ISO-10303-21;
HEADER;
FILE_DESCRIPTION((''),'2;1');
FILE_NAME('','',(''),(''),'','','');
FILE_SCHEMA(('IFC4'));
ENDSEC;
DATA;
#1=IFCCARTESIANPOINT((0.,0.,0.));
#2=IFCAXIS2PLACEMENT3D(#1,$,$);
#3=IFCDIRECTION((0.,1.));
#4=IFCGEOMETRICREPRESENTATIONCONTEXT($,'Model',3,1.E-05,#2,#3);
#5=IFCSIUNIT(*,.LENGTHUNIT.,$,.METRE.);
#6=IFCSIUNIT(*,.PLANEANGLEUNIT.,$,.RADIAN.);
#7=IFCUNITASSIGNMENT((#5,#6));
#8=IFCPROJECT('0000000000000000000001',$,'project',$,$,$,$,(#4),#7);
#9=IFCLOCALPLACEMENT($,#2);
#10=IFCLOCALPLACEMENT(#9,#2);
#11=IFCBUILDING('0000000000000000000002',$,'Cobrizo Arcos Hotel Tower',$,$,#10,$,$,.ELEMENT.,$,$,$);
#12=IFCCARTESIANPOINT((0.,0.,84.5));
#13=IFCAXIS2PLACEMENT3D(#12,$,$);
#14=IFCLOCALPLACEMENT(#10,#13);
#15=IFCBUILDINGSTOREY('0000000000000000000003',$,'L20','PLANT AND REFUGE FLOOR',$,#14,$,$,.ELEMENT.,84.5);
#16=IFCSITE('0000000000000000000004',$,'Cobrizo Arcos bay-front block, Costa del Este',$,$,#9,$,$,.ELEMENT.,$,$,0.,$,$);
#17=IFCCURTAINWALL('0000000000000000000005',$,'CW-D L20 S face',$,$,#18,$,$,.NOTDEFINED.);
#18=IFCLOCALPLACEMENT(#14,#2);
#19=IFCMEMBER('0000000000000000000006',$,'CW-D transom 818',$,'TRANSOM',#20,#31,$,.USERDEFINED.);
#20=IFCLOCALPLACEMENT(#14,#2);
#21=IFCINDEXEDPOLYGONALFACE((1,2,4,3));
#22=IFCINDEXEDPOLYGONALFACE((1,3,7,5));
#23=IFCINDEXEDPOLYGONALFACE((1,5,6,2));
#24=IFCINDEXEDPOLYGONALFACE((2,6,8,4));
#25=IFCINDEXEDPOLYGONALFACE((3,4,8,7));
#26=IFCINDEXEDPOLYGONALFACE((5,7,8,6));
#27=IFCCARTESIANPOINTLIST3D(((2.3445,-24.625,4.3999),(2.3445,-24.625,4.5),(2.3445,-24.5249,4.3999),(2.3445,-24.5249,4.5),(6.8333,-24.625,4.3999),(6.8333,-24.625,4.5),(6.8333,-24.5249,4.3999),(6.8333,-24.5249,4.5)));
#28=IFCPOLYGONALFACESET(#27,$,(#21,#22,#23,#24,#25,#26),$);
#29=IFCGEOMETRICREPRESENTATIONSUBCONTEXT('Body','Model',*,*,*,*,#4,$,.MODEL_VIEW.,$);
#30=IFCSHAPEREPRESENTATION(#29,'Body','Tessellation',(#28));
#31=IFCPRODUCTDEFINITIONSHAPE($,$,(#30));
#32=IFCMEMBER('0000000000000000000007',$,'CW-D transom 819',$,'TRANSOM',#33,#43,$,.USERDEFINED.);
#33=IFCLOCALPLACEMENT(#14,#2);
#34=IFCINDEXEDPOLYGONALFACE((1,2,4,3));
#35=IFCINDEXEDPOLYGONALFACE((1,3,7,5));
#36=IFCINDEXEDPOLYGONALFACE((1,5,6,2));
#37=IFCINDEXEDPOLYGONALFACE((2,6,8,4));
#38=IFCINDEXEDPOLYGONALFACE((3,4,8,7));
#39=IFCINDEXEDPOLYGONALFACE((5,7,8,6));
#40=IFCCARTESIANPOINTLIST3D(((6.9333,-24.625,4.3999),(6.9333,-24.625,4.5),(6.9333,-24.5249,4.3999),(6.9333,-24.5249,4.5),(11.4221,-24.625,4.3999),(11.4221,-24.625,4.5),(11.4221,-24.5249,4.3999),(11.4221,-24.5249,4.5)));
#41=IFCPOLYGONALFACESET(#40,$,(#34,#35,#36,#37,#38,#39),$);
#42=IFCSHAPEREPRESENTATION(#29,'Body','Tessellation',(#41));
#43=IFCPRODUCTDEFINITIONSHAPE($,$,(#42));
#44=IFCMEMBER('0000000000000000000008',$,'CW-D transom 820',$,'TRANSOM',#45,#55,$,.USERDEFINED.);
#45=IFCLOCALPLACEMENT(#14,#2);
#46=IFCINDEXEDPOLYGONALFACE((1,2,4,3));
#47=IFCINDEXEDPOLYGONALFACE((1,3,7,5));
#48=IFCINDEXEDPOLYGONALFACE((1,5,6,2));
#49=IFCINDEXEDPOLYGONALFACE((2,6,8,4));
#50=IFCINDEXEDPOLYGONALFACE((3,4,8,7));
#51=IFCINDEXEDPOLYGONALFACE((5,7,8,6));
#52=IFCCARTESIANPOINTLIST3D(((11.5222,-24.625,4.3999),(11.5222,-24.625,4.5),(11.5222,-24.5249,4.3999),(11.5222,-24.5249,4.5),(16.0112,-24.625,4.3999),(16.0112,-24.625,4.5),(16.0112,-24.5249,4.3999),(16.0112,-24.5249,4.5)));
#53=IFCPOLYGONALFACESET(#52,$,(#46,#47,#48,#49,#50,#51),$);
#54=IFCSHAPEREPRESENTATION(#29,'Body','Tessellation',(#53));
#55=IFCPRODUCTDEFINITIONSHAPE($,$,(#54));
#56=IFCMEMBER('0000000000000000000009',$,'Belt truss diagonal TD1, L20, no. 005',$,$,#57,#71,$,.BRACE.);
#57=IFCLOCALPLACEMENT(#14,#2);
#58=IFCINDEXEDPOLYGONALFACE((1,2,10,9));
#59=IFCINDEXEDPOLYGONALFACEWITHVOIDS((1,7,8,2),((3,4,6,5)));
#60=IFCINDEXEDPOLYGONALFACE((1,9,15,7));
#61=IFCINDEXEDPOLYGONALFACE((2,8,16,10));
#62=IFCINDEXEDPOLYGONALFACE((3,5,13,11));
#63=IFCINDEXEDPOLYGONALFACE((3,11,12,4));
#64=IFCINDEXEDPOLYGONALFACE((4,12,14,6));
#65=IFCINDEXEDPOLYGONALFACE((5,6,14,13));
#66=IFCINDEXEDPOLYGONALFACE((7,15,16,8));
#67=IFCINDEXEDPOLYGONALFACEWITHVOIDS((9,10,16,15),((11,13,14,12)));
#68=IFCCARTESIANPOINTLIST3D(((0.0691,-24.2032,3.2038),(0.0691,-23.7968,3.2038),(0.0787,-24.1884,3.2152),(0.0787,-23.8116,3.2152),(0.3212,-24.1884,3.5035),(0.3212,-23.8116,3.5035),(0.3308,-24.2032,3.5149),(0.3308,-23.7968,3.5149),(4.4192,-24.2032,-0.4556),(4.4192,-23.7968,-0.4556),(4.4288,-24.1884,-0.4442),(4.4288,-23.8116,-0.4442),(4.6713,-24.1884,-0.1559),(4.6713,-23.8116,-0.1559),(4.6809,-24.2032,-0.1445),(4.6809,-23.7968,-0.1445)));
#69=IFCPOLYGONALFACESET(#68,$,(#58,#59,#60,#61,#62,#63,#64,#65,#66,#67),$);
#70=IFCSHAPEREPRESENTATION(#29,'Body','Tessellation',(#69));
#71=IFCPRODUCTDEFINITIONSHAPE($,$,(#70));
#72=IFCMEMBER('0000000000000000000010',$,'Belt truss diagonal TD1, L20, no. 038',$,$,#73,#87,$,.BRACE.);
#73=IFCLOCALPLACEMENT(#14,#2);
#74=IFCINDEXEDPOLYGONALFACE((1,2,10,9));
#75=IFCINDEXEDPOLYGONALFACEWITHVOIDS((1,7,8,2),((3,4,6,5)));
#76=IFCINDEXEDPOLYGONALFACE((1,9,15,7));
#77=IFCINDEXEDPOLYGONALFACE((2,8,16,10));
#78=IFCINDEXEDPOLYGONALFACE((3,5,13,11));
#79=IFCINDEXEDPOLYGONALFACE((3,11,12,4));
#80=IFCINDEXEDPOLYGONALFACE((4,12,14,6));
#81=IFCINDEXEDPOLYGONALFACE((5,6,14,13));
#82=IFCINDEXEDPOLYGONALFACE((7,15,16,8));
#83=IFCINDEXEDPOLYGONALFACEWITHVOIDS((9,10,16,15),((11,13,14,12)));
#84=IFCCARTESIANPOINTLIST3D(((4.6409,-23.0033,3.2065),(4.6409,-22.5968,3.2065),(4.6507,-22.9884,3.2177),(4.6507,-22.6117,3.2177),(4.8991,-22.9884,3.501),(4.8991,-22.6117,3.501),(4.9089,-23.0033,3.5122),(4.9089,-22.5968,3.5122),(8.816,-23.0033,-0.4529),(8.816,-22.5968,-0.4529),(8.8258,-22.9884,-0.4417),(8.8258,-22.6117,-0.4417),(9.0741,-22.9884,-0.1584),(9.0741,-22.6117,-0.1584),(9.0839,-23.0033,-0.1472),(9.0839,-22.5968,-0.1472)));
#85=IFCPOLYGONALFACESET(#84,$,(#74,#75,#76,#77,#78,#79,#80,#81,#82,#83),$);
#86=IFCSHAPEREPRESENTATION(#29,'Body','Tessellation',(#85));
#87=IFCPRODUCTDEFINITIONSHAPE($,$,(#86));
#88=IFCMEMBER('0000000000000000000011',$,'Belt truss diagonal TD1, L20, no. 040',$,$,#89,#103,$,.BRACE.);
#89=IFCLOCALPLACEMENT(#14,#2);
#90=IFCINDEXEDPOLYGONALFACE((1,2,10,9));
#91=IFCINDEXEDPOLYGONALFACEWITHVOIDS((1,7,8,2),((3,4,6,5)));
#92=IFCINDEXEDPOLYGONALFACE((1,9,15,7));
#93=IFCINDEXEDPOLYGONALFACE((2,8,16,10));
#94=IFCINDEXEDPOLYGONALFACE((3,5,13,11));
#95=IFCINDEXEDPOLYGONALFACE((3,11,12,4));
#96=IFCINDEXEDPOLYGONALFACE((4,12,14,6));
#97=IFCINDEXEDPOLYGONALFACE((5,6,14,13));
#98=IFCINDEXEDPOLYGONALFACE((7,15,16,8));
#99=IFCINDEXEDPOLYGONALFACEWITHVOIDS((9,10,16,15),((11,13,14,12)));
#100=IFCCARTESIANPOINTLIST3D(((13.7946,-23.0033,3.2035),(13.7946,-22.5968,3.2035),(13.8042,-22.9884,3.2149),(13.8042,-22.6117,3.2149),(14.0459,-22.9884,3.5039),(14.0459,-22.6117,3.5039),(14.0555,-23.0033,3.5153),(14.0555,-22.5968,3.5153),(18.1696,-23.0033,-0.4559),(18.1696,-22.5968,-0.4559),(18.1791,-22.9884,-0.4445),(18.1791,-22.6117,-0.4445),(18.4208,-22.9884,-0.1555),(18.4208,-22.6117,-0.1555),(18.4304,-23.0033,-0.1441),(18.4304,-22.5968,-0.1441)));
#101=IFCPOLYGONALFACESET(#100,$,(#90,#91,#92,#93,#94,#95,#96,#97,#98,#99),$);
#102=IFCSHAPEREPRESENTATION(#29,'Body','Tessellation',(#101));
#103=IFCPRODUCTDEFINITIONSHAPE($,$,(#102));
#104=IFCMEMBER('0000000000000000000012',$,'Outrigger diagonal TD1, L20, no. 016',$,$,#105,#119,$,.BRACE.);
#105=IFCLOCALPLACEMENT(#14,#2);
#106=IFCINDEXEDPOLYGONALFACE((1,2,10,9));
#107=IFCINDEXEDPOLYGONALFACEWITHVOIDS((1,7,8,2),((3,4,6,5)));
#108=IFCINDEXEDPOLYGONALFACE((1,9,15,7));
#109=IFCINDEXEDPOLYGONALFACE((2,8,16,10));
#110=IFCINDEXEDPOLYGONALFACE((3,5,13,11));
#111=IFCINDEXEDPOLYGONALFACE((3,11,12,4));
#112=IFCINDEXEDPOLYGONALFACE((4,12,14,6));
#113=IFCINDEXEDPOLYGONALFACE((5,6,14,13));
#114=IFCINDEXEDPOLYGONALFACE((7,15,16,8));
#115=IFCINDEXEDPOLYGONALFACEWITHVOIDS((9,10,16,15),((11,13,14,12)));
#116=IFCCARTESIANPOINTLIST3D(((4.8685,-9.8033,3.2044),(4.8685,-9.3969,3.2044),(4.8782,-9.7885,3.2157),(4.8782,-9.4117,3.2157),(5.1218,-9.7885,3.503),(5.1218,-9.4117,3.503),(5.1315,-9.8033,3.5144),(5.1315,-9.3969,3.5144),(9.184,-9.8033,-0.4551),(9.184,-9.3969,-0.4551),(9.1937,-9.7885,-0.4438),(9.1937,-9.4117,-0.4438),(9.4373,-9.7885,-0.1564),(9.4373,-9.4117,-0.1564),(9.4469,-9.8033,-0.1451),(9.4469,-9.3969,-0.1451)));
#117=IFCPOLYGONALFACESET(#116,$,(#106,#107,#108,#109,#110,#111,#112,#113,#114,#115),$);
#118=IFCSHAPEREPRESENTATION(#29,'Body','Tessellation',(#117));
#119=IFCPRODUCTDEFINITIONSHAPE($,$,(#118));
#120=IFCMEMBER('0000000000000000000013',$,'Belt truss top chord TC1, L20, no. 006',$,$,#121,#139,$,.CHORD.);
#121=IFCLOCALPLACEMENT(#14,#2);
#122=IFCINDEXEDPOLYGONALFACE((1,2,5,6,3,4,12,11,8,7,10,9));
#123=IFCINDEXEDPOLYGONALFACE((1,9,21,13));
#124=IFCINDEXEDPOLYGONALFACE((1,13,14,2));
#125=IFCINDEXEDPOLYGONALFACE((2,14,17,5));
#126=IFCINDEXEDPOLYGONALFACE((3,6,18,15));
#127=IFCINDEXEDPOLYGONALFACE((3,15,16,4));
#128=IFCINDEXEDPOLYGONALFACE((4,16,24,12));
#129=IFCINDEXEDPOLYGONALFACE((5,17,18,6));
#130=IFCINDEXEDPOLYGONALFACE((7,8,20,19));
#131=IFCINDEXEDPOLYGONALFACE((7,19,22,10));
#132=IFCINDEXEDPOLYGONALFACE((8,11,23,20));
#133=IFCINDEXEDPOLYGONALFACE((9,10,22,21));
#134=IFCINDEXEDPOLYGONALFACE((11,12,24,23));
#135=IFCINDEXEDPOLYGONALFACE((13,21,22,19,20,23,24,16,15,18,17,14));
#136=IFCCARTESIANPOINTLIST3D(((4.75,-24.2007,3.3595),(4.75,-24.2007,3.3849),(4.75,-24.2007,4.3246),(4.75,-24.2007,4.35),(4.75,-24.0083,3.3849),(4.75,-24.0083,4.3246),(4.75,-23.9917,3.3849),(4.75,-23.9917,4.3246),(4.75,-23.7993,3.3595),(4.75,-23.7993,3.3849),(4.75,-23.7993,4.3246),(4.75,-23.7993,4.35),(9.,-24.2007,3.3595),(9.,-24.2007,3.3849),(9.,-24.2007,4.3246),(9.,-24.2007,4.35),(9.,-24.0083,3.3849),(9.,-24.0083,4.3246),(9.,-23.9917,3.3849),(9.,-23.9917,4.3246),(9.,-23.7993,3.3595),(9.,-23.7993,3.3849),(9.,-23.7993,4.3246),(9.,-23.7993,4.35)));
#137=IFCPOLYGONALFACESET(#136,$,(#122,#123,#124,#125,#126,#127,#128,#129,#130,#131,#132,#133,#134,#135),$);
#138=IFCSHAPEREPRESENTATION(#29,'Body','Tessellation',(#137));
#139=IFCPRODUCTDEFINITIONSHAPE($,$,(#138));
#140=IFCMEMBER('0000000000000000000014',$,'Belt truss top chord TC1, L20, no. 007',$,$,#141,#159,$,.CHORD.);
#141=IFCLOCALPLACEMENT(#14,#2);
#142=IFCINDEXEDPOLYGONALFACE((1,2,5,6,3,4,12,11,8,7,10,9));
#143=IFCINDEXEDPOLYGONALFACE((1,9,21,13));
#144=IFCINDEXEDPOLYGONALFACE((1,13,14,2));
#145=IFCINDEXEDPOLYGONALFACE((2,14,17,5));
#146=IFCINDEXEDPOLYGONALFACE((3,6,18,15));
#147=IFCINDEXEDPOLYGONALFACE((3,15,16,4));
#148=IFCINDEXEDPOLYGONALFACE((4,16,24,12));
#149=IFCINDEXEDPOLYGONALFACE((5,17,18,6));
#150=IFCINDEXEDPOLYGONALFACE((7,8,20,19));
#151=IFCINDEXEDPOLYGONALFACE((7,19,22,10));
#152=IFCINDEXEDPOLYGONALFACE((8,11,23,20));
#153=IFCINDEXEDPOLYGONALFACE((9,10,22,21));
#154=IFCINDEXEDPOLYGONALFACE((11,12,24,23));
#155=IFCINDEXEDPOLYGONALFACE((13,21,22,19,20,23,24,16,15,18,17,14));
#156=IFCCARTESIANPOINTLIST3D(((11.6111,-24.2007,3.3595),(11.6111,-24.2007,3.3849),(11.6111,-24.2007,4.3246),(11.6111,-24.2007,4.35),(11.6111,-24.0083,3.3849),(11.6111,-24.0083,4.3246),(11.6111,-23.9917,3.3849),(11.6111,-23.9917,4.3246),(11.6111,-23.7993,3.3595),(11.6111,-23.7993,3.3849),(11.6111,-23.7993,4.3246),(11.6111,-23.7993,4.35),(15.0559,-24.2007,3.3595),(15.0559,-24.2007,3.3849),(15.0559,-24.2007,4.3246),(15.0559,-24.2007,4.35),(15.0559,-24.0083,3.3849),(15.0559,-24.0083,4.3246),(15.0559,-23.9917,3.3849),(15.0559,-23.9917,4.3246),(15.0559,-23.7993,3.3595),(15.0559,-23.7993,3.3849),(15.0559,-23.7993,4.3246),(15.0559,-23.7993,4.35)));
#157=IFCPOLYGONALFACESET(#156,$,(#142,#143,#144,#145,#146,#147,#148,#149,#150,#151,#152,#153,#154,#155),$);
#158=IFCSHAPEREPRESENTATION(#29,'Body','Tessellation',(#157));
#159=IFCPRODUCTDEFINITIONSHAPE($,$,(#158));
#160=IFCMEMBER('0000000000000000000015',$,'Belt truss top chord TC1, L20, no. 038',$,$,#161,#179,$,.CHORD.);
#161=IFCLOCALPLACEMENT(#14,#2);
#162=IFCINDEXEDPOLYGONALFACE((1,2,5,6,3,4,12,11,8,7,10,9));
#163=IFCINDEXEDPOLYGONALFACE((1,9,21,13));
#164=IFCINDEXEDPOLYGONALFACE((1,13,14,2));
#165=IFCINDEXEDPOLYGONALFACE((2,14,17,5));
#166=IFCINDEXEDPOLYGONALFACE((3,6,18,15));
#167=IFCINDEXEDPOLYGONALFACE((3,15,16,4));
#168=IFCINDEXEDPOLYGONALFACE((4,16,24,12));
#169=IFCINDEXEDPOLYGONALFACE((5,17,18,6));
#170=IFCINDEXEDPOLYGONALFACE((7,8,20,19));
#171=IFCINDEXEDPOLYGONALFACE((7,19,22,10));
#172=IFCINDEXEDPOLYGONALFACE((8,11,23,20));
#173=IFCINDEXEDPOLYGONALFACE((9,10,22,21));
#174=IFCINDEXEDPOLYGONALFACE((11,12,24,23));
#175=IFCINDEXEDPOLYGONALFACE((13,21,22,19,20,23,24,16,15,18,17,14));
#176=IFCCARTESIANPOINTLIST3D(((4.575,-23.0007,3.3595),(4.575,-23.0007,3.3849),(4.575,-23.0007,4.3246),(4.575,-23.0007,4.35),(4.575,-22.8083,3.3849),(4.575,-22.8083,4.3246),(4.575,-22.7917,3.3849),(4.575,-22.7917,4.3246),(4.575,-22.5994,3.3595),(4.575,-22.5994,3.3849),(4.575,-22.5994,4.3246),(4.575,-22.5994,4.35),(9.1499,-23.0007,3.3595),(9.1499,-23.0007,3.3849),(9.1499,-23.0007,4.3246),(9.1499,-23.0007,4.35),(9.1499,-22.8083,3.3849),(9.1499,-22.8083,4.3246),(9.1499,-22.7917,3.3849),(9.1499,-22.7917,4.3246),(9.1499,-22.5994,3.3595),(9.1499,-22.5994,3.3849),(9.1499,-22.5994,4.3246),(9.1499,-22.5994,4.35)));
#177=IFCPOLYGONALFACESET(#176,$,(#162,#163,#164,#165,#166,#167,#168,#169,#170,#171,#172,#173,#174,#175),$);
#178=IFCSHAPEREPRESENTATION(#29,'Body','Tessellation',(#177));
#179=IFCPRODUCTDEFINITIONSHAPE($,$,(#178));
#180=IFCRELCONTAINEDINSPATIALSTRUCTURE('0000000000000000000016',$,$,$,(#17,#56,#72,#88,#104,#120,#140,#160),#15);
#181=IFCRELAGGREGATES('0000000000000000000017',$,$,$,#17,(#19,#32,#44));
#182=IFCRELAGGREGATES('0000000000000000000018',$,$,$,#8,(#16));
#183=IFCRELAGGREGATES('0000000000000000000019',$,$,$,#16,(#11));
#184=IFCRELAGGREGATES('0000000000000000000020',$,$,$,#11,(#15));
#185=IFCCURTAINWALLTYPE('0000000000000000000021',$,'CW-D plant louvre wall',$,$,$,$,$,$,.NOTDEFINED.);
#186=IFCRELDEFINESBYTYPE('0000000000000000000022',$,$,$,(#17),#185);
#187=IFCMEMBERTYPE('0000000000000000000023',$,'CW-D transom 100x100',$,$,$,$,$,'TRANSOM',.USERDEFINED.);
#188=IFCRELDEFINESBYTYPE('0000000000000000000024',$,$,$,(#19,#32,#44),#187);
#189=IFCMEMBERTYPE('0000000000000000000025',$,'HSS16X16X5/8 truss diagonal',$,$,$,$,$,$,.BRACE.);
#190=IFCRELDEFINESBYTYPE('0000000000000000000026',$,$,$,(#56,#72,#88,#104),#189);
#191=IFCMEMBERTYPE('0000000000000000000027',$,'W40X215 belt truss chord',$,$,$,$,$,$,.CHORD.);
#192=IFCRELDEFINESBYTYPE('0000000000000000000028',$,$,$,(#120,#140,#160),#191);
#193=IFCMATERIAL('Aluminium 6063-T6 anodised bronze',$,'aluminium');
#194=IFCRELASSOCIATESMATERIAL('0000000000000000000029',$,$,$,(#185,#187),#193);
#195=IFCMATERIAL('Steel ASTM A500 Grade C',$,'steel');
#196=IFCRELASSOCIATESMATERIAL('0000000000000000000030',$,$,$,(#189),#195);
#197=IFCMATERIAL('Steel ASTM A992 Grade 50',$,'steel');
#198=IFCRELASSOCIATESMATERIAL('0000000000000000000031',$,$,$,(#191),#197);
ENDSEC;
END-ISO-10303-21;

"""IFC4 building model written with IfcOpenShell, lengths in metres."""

from ifc_helpers import new_model, si_unit, direction, frame, origin, origin_2d, place, context, subcontext, project, spatial, rectangle, hollow_rectangle, i_section, extrude, material, material_profile, profile_set, type_object, element, aggregate, save


model = new_model("IFC4")

# Units and contexts
model_context = context("Model", 3, precision=1e-05, world=origin(), true_north=direction((0.0, 1.0)))
body_context = subcontext(model_context, "Body", "Model", "MODEL_VIEW")
ifc_project = project(units=[si_unit("LENGTHUNIT", "METRE"), si_unit("PLANEANGLEUNIT", "RADIAN")], contexts=[model_context])

# Site, building, storey
site_placement = place(None, origin())
site = spatial("IfcSite", under=ifc_project, at=site_placement, Name="Cobrizo Arcos bay-front block, Costa del Este", CompositionType="ELEMENT", RefElevation=0.0)
building_placement = place(site_placement, origin())
building = spatial("IfcBuilding", under=site, at=building_placement, Name="Cobrizo Arcos Hotel Tower", CompositionType="ELEMENT")
storey_placement = place(building_placement, frame((0.0, 0.0, 84.5)))
storey = spatial("IfcBuildingStorey", under=building, at=storey_placement, Name="L20", Description="PLANT AND REFUGE FLOOR", CompositionType="ELEMENT", Elevation=84.5)

# Curtain wall, members
ifc_material_1 = material(Name="Aluminium 6063-T6 anodised bronze", Category="aluminium")
curtain_wall_type = type_object("IfcCurtainWallType", Name="CW-D plant louvre wall", PredefinedType="NOTDEFINED", material=ifc_material_1)
curtain_wall_placement = place(storey_placement, origin())
curtain_wall = element("IfcCurtainWall", 1, at=curtain_wall_placement, inside=storey, type_object=curtain_wall_type, Name="CW-D L20 S face", PredefinedType="NOTDEFINED")
ifc_material_profile_1 = material_profile(ifc_material_1, rectangle(XDim=0.1001, YDim=0.1001, at=origin_2d()), Name="CW-D transom 100x100")
ifc_profile_set_1 = profile_set([ifc_material_profile_1], Name="Aluminium 6063-T6 anodised bronze")
member_type_1 = type_object("IfcMemberType", Name="CW-D transom 100x100", ElementType="TRANSOM", PredefinedType="USERDEFINED", material=ifc_profile_set_1)
member_1_placement = place(storey_placement, frame((2.3445, -24.575, 4.45), z_axis=(1.0, 0.0, 0.0), x_axis=(0.0, 1.0, 0.0)))
member_1 = element("IfcMember", 2, at=member_1_placement, type_object=member_type_1, Name="CW-D transom 818", ObjectType="TRANSOM", PredefinedType="USERDEFINED", context=body_context, shape_type="SweptSolid", body=[
    extrude(rectangle(XDim=0.1001, YDim=0.1001, at=origin_2d()), origin(), (0.0, 0.0, 1.0), 4.4888),
])
member_2_placement = place(storey_placement, frame((6.9333, -24.575, 4.45), z_axis=(1.0, 0.0, 0.0), x_axis=(0.0, 1.0, 0.0)))
member_2 = element("IfcMember", 3, at=member_2_placement, type_object=member_type_1, Name="CW-D transom 819", ObjectType="TRANSOM", PredefinedType="USERDEFINED", context=body_context, shape_type="SweptSolid", body=[
    extrude(rectangle(XDim=0.1001, YDim=0.1001, at=origin_2d()), origin(), (0.0, 0.0, 1.0), 4.4888),
])
member_3_placement = place(storey_placement, frame((11.5222, -24.575, 4.45), z_axis=(1.0, 0.0, 0.0), x_axis=(0.0, 1.0, 0.0)))
member_3 = element("IfcMember", 4, at=member_3_placement, type_object=member_type_1, Name="CW-D transom 820", ObjectType="TRANSOM", PredefinedType="USERDEFINED", context=body_context, shape_type="SweptSolid", body=[
    extrude(rectangle(XDim=0.1001, YDim=0.1001, at=origin_2d()), origin(), (0.0, 0.0, 1.0), 4.489),
])
aggregate(curtain_wall, [member_1, member_2, member_3])

# Members
ifc_material_2 = material(Name="Steel ASTM A500 Grade C", Category="steel")
ifc_material_profile_2 = material_profile(ifc_material_2, hollow_rectangle(XDim=0.4065, YDim=0.4065, WallThickness=0.0149, at=origin_2d()), Name="HSS16X16X5/8")
ifc_profile_set_2 = profile_set([ifc_material_profile_2], Name="Steel ASTM A500 Grade C")
member_type_2 = type_object("IfcMemberType", Name="HSS16X16X5/8 truss diagonal", PredefinedType="BRACE", material=ifc_profile_set_2)
member_4_placement = place(storey_placement, frame((0.2, -24.0, 3.3594), z_axis=(0.765242, 0.0, -0.643743), x_axis=(0.0, 1.0, 0.0)))
element("IfcMember", 5, at=member_4_placement, inside=storey, type_object=member_type_2, Name="Belt truss diagonal TD1, L20, no. 005", PredefinedType="BRACE", context=body_context, shape_type="SweptSolid", body=[
    extrude(hollow_rectangle(XDim=0.4065, YDim=0.4065, WallThickness=0.0149, at=origin_2d()), origin(), (0.0, 0.0, 1.0), 5.6846),
])
member_5_placement = place(storey_placement, frame((4.7749, -22.8, 3.3594), z_axis=(0.752018, 0.0, -0.659143), x_axis=(0.0, 1.0, 0.0)))
element("IfcMember", 6, at=member_5_placement, inside=storey, type_object=member_type_2, Name="Belt truss diagonal TD1, L20, no. 038", PredefinedType="BRACE", context=body_context, shape_type="SweptSolid", body=[
    extrude(hollow_rectangle(XDim=0.4065, YDim=0.4065, WallThickness=0.0149, at=origin_2d()), origin(), (0.0, 0.0, 1.0), 5.5518),
])
member_6_placement = place(storey_placement, frame((13.925, -22.8, 3.3594), z_axis=(0.767048, 0.0, -0.64159), x_axis=(0.0, 1.0, 0.0)))
element("IfcMember", 7, at=member_6_placement, inside=storey, type_object=member_type_2, Name="Belt truss diagonal TD1, L20, no. 040", PredefinedType="BRACE", context=body_context, shape_type="SweptSolid", body=[
    extrude(hollow_rectangle(XDim=0.4065, YDim=0.4065, WallThickness=0.0149, at=origin_2d()), origin(), (0.0, 0.0, 1.0), 5.7036),
])
member_7_placement = place(storey_placement, frame((5.0, -9.6001, 3.3594), z_axis=(0.762697, 0.0, -0.646756), x_axis=(0.0, 1.0, 0.0)))
element("IfcMember", 8, at=member_7_placement, inside=storey, type_object=member_type_2, Name="Outrigger diagonal TD1, L20, no. 016", PredefinedType="BRACE", context=body_context, shape_type="SweptSolid", body=[
    extrude(hollow_rectangle(XDim=0.4065, YDim=0.4065, WallThickness=0.0149, at=origin_2d()), origin(), (0.0, 0.0, 1.0), 5.6582),
])
ifc_material_3 = material(Name="Steel ASTM A992 Grade 50", Category="steel")
ifc_material_profile_3 = material_profile(ifc_material_3, i_section(OverallWidth=0.4014, OverallDepth=0.9905, WebThickness=0.0166, FlangeThickness=0.0254, at=origin_2d()), Name="W40X215")
ifc_profile_set_3 = profile_set([ifc_material_profile_3], Name="Steel ASTM A992 Grade 50")
member_type_3 = type_object("IfcMemberType", Name="W40X215 belt truss chord", PredefinedType="CHORD", material=ifc_profile_set_3)
member_8_placement = place(storey_placement, frame((4.75, -24.0, 3.8547), z_axis=(1.0, 0.0, 0.0), x_axis=(0.0, 1.0, 0.0)))
element("IfcMember", 9, at=member_8_placement, inside=storey, type_object=member_type_3, Name="Belt truss top chord TC1, L20, no. 006", PredefinedType="CHORD", context=body_context, shape_type="SweptSolid", body=[
    extrude(i_section(OverallWidth=0.4014, OverallDepth=0.9905, WebThickness=0.0166, FlangeThickness=0.0254, at=origin_2d()), origin(), (0.0, 0.0, 1.0), 4.25),
])
member_9_placement = place(storey_placement, frame((11.6111, -24.0, 3.8547), z_axis=(1.0, 0.0, 0.0), x_axis=(0.0, 1.0, 0.0)))
element("IfcMember", 10, at=member_9_placement, inside=storey, type_object=member_type_3, Name="Belt truss top chord TC1, L20, no. 007", PredefinedType="CHORD", context=body_context, shape_type="SweptSolid", body=[
    extrude(i_section(OverallWidth=0.4014, OverallDepth=0.9905, WebThickness=0.0166, FlangeThickness=0.0254, at=origin_2d()), origin(), (0.0, 0.0, 1.0), 3.4448),
])
member_10_placement = place(storey_placement, frame((4.575, -22.8, 3.8547), z_axis=(1.0, 0.0, 0.0), x_axis=(0.0, 1.0, 0.0)))
element("IfcMember", 11, at=member_10_placement, inside=storey, type_object=member_type_3, Name="Belt truss top chord TC1, L20, no. 038", PredefinedType="CHORD", context=body_context, shape_type="SweptSolid", body=[
    extrude(i_section(OverallWidth=0.4014, OverallDepth=0.9905, WebThickness=0.0166, FlangeThickness=0.0254, at=origin_2d()), origin(), (0.0, 0.0, 1.0), 4.575),
])

save(model, "model.ifc")
